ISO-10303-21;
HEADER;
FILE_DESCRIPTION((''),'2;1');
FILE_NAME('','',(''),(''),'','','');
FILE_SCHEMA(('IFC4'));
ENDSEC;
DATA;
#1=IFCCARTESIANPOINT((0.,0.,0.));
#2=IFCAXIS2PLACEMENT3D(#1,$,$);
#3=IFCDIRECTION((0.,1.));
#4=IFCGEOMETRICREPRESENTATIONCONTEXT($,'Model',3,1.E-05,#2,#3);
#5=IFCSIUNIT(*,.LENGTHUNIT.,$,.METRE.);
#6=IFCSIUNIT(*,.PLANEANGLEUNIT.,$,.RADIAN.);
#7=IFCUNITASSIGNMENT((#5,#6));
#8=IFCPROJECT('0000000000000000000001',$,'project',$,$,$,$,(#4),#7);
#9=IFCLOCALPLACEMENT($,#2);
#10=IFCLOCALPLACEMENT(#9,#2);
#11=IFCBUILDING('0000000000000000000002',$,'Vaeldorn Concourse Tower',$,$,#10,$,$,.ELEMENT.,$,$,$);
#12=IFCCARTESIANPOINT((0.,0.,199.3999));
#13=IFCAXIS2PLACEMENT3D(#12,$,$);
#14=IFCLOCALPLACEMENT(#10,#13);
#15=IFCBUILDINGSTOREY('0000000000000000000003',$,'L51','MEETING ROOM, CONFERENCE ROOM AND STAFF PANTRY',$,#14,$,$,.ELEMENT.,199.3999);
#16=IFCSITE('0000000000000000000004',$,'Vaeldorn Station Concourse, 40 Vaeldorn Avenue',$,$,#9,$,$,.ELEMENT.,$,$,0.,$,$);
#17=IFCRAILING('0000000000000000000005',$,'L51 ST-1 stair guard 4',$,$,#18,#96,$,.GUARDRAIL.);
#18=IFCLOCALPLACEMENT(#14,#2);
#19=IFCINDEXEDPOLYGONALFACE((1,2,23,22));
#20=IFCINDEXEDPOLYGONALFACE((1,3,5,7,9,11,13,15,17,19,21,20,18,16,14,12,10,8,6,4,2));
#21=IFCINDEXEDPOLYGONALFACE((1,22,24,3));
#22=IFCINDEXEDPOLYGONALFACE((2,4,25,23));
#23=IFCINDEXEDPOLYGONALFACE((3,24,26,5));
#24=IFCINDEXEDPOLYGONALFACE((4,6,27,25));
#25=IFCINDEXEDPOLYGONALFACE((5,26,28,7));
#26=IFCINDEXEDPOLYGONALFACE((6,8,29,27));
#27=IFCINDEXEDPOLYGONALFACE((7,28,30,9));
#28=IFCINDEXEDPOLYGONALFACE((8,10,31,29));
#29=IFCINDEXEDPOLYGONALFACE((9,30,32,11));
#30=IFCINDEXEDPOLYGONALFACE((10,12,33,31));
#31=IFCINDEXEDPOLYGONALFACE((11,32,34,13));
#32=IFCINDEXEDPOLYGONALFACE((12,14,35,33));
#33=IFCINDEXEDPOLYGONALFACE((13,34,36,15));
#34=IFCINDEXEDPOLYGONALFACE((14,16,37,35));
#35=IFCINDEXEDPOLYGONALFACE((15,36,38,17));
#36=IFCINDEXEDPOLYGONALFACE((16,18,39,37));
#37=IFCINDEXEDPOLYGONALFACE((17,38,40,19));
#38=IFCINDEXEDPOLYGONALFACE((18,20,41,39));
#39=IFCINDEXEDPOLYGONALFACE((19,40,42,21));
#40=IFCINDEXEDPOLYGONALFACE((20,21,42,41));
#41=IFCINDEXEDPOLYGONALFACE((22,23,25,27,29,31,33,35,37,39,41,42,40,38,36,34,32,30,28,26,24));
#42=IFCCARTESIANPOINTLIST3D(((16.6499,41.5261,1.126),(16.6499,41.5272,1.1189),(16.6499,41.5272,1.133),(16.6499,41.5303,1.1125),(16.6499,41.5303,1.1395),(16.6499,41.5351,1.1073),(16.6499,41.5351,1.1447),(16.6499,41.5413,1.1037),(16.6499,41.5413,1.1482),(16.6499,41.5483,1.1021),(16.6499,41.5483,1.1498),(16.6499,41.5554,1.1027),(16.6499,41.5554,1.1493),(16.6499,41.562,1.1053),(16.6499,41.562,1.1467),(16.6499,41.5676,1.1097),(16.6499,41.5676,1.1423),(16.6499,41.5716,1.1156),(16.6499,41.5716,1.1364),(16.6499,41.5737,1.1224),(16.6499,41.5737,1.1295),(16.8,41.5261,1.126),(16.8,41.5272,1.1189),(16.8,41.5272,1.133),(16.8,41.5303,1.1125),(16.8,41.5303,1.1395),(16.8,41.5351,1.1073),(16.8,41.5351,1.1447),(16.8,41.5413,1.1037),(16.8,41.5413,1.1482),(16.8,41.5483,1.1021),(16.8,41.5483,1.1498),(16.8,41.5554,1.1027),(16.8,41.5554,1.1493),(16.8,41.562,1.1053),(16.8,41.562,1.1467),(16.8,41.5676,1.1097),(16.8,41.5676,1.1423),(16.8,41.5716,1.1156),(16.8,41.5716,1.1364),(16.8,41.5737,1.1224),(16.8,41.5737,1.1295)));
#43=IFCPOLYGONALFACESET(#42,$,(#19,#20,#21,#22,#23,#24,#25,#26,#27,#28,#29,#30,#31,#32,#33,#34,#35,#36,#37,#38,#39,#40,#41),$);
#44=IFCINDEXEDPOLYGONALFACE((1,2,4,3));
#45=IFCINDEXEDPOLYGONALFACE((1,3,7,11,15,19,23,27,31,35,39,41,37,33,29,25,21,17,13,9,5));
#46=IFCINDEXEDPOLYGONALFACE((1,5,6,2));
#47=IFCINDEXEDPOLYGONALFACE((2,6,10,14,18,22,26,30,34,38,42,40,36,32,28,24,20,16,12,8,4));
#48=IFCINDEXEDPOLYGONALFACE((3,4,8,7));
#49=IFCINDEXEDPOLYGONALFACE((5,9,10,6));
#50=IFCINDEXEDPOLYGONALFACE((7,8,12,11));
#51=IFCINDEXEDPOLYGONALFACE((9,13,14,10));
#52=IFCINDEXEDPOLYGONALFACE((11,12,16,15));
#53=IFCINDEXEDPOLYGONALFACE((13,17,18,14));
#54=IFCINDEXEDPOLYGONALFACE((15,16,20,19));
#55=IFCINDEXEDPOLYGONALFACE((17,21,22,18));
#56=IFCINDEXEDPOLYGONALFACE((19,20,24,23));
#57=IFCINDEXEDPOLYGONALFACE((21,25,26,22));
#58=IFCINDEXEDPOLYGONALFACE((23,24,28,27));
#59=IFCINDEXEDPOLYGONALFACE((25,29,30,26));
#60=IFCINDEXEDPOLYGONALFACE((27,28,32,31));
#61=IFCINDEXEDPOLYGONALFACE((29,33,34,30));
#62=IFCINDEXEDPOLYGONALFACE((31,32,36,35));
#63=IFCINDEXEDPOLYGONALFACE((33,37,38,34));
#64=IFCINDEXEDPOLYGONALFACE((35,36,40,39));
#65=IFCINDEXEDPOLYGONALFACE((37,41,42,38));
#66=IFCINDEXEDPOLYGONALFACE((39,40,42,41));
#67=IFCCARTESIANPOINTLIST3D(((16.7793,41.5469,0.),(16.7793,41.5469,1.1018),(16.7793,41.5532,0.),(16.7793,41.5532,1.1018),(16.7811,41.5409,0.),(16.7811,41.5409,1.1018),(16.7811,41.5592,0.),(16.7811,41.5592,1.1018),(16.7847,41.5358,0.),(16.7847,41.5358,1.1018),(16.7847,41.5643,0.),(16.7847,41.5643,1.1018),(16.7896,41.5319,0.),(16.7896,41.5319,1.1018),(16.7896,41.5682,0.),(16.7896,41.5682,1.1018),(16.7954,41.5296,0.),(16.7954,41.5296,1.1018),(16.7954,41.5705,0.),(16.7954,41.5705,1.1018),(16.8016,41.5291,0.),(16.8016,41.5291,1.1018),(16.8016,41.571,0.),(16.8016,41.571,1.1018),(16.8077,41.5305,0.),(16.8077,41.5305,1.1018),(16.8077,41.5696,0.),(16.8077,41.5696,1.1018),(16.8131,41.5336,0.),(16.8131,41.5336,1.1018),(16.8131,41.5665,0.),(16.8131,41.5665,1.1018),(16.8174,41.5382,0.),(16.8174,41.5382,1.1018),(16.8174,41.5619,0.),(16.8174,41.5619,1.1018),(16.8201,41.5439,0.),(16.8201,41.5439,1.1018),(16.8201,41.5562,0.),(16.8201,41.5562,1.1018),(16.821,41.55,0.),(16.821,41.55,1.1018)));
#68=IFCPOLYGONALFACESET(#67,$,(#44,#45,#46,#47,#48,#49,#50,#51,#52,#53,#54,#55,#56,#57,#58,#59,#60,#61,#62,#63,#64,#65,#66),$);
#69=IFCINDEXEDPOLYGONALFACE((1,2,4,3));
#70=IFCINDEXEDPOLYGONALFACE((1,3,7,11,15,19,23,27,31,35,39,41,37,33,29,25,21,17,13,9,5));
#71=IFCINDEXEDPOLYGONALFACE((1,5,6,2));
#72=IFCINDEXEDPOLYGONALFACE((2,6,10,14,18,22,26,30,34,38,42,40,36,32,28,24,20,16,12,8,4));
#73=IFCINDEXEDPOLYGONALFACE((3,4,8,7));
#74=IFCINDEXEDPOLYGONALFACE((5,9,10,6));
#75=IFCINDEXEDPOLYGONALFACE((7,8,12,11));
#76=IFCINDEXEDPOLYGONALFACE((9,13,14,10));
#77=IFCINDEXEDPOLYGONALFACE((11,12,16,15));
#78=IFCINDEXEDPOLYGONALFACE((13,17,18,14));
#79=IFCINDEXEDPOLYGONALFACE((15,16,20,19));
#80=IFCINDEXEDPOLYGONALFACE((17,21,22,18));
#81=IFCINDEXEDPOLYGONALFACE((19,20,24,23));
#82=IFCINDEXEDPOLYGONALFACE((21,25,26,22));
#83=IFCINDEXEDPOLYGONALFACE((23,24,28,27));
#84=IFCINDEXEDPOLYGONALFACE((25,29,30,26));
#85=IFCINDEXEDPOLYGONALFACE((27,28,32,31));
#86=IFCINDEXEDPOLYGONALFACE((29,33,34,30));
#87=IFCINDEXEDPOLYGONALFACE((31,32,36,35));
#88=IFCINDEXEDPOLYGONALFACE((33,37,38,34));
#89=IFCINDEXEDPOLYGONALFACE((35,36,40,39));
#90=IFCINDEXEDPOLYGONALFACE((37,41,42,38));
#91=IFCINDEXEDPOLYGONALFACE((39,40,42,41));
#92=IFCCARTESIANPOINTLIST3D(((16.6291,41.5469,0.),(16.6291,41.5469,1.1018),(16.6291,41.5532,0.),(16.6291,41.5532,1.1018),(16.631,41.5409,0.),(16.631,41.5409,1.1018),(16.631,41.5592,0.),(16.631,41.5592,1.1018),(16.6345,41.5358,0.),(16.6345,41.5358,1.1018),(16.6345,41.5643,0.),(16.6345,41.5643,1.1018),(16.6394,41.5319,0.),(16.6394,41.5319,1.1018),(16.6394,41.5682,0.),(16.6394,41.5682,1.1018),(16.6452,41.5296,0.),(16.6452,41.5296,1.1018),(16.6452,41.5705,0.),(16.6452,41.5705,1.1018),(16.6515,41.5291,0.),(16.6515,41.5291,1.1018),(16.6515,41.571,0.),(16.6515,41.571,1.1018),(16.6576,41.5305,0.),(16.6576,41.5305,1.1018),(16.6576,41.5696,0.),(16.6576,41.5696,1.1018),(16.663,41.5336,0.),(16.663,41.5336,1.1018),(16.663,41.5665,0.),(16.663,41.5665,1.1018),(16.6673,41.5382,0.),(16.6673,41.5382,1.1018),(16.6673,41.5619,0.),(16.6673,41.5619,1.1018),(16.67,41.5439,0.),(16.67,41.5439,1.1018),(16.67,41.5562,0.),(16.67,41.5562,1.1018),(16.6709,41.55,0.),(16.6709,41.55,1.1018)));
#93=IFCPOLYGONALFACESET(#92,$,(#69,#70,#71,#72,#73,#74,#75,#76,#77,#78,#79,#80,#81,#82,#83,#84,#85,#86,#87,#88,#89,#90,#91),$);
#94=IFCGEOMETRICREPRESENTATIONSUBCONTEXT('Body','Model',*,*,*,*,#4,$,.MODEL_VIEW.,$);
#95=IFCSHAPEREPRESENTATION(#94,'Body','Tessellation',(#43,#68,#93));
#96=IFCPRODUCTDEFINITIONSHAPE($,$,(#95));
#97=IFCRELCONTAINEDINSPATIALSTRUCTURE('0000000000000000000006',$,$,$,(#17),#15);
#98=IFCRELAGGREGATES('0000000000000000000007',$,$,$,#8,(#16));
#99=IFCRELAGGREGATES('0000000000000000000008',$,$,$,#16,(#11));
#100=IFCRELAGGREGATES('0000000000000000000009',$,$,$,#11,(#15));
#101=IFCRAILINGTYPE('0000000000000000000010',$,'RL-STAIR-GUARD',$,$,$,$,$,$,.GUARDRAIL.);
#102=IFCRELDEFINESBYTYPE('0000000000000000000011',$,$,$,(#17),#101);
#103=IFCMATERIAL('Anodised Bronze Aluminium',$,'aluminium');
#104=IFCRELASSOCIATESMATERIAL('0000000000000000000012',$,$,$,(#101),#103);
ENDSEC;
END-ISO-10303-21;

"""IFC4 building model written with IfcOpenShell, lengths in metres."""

from ifc_helpers import new_model, si_unit, direction, frame, origin, origin_2d, place, context, subcontext, project, spatial, circle, extrude, material, type_object, element, save


model = new_model("IFC4")

# Units and contexts
model_context = context("Model", 3, precision=1e-05, world=origin(), true_north=direction((0.0, 1.0)))
body_context = subcontext(model_context, "Body", "Model", "MODEL_VIEW")
ifc_project = project(units=[si_unit("LENGTHUNIT", "METRE"), si_unit("PLANEANGLEUNIT", "RADIAN")], contexts=[model_context])

# Site, building, storey
site_placement = place(None, origin())
site = spatial("IfcSite", under=ifc_project, at=site_placement, Name="Vaeldorn Station Concourse, 40 Vaeldorn Avenue", CompositionType="ELEMENT", RefElevation=0.0)
building_placement = place(site_placement, origin())
building = spatial("IfcBuilding", under=site, at=building_placement, Name="Vaeldorn Concourse Tower", CompositionType="ELEMENT")
storey_placement = place(building_placement, frame((0.0, 0.0, 199.3999)))
storey = spatial("IfcBuildingStorey", under=building, at=storey_placement, Name="L51", Description="MEETING ROOM, CONFERENCE ROOM AND STAFF PANTRY", CompositionType="ELEMENT", Elevation=199.3999)

# Shared definitions
ifc_material_1 = material(Name="Anodised Bronze Aluminium", Category="aluminium")

# Railing
railing_type = type_object("IfcRailingType", Name="RL-STAIR-GUARD", PredefinedType="GUARDRAIL", material=ifc_material_1)
railing_placement = place(storey_placement, frame((16.8, 41.55, 0.0)))
element("IfcRailing", 1, at=railing_placement, inside=storey, type_object=railing_type, Name="L51 ST-1 stair guard 4", PredefinedType="GUARDRAIL", context=body_context, shape_type="SweptSolid", body=[
    extrude(circle(Radius=0.0239, at=origin_2d()), frame((0.0, 0.0, 1.126), z_axis=(-1.0, 0.0, 0.0), x_axis=(0.0, -1.0, 0.0)), (0.0, 0.0, 1.0), 0.1501),
    extrude(circle(Radius=0.021, at=origin_2d()), origin(), (0.0, 0.0, 1.0), 1.1018),
    extrude(circle(Radius=0.021, at=origin_2d()), frame((-0.1501, 0.0, 0.0)), (0.0, 0.0, 1.0), 1.1018),
])

save(model, "model.ifc")
